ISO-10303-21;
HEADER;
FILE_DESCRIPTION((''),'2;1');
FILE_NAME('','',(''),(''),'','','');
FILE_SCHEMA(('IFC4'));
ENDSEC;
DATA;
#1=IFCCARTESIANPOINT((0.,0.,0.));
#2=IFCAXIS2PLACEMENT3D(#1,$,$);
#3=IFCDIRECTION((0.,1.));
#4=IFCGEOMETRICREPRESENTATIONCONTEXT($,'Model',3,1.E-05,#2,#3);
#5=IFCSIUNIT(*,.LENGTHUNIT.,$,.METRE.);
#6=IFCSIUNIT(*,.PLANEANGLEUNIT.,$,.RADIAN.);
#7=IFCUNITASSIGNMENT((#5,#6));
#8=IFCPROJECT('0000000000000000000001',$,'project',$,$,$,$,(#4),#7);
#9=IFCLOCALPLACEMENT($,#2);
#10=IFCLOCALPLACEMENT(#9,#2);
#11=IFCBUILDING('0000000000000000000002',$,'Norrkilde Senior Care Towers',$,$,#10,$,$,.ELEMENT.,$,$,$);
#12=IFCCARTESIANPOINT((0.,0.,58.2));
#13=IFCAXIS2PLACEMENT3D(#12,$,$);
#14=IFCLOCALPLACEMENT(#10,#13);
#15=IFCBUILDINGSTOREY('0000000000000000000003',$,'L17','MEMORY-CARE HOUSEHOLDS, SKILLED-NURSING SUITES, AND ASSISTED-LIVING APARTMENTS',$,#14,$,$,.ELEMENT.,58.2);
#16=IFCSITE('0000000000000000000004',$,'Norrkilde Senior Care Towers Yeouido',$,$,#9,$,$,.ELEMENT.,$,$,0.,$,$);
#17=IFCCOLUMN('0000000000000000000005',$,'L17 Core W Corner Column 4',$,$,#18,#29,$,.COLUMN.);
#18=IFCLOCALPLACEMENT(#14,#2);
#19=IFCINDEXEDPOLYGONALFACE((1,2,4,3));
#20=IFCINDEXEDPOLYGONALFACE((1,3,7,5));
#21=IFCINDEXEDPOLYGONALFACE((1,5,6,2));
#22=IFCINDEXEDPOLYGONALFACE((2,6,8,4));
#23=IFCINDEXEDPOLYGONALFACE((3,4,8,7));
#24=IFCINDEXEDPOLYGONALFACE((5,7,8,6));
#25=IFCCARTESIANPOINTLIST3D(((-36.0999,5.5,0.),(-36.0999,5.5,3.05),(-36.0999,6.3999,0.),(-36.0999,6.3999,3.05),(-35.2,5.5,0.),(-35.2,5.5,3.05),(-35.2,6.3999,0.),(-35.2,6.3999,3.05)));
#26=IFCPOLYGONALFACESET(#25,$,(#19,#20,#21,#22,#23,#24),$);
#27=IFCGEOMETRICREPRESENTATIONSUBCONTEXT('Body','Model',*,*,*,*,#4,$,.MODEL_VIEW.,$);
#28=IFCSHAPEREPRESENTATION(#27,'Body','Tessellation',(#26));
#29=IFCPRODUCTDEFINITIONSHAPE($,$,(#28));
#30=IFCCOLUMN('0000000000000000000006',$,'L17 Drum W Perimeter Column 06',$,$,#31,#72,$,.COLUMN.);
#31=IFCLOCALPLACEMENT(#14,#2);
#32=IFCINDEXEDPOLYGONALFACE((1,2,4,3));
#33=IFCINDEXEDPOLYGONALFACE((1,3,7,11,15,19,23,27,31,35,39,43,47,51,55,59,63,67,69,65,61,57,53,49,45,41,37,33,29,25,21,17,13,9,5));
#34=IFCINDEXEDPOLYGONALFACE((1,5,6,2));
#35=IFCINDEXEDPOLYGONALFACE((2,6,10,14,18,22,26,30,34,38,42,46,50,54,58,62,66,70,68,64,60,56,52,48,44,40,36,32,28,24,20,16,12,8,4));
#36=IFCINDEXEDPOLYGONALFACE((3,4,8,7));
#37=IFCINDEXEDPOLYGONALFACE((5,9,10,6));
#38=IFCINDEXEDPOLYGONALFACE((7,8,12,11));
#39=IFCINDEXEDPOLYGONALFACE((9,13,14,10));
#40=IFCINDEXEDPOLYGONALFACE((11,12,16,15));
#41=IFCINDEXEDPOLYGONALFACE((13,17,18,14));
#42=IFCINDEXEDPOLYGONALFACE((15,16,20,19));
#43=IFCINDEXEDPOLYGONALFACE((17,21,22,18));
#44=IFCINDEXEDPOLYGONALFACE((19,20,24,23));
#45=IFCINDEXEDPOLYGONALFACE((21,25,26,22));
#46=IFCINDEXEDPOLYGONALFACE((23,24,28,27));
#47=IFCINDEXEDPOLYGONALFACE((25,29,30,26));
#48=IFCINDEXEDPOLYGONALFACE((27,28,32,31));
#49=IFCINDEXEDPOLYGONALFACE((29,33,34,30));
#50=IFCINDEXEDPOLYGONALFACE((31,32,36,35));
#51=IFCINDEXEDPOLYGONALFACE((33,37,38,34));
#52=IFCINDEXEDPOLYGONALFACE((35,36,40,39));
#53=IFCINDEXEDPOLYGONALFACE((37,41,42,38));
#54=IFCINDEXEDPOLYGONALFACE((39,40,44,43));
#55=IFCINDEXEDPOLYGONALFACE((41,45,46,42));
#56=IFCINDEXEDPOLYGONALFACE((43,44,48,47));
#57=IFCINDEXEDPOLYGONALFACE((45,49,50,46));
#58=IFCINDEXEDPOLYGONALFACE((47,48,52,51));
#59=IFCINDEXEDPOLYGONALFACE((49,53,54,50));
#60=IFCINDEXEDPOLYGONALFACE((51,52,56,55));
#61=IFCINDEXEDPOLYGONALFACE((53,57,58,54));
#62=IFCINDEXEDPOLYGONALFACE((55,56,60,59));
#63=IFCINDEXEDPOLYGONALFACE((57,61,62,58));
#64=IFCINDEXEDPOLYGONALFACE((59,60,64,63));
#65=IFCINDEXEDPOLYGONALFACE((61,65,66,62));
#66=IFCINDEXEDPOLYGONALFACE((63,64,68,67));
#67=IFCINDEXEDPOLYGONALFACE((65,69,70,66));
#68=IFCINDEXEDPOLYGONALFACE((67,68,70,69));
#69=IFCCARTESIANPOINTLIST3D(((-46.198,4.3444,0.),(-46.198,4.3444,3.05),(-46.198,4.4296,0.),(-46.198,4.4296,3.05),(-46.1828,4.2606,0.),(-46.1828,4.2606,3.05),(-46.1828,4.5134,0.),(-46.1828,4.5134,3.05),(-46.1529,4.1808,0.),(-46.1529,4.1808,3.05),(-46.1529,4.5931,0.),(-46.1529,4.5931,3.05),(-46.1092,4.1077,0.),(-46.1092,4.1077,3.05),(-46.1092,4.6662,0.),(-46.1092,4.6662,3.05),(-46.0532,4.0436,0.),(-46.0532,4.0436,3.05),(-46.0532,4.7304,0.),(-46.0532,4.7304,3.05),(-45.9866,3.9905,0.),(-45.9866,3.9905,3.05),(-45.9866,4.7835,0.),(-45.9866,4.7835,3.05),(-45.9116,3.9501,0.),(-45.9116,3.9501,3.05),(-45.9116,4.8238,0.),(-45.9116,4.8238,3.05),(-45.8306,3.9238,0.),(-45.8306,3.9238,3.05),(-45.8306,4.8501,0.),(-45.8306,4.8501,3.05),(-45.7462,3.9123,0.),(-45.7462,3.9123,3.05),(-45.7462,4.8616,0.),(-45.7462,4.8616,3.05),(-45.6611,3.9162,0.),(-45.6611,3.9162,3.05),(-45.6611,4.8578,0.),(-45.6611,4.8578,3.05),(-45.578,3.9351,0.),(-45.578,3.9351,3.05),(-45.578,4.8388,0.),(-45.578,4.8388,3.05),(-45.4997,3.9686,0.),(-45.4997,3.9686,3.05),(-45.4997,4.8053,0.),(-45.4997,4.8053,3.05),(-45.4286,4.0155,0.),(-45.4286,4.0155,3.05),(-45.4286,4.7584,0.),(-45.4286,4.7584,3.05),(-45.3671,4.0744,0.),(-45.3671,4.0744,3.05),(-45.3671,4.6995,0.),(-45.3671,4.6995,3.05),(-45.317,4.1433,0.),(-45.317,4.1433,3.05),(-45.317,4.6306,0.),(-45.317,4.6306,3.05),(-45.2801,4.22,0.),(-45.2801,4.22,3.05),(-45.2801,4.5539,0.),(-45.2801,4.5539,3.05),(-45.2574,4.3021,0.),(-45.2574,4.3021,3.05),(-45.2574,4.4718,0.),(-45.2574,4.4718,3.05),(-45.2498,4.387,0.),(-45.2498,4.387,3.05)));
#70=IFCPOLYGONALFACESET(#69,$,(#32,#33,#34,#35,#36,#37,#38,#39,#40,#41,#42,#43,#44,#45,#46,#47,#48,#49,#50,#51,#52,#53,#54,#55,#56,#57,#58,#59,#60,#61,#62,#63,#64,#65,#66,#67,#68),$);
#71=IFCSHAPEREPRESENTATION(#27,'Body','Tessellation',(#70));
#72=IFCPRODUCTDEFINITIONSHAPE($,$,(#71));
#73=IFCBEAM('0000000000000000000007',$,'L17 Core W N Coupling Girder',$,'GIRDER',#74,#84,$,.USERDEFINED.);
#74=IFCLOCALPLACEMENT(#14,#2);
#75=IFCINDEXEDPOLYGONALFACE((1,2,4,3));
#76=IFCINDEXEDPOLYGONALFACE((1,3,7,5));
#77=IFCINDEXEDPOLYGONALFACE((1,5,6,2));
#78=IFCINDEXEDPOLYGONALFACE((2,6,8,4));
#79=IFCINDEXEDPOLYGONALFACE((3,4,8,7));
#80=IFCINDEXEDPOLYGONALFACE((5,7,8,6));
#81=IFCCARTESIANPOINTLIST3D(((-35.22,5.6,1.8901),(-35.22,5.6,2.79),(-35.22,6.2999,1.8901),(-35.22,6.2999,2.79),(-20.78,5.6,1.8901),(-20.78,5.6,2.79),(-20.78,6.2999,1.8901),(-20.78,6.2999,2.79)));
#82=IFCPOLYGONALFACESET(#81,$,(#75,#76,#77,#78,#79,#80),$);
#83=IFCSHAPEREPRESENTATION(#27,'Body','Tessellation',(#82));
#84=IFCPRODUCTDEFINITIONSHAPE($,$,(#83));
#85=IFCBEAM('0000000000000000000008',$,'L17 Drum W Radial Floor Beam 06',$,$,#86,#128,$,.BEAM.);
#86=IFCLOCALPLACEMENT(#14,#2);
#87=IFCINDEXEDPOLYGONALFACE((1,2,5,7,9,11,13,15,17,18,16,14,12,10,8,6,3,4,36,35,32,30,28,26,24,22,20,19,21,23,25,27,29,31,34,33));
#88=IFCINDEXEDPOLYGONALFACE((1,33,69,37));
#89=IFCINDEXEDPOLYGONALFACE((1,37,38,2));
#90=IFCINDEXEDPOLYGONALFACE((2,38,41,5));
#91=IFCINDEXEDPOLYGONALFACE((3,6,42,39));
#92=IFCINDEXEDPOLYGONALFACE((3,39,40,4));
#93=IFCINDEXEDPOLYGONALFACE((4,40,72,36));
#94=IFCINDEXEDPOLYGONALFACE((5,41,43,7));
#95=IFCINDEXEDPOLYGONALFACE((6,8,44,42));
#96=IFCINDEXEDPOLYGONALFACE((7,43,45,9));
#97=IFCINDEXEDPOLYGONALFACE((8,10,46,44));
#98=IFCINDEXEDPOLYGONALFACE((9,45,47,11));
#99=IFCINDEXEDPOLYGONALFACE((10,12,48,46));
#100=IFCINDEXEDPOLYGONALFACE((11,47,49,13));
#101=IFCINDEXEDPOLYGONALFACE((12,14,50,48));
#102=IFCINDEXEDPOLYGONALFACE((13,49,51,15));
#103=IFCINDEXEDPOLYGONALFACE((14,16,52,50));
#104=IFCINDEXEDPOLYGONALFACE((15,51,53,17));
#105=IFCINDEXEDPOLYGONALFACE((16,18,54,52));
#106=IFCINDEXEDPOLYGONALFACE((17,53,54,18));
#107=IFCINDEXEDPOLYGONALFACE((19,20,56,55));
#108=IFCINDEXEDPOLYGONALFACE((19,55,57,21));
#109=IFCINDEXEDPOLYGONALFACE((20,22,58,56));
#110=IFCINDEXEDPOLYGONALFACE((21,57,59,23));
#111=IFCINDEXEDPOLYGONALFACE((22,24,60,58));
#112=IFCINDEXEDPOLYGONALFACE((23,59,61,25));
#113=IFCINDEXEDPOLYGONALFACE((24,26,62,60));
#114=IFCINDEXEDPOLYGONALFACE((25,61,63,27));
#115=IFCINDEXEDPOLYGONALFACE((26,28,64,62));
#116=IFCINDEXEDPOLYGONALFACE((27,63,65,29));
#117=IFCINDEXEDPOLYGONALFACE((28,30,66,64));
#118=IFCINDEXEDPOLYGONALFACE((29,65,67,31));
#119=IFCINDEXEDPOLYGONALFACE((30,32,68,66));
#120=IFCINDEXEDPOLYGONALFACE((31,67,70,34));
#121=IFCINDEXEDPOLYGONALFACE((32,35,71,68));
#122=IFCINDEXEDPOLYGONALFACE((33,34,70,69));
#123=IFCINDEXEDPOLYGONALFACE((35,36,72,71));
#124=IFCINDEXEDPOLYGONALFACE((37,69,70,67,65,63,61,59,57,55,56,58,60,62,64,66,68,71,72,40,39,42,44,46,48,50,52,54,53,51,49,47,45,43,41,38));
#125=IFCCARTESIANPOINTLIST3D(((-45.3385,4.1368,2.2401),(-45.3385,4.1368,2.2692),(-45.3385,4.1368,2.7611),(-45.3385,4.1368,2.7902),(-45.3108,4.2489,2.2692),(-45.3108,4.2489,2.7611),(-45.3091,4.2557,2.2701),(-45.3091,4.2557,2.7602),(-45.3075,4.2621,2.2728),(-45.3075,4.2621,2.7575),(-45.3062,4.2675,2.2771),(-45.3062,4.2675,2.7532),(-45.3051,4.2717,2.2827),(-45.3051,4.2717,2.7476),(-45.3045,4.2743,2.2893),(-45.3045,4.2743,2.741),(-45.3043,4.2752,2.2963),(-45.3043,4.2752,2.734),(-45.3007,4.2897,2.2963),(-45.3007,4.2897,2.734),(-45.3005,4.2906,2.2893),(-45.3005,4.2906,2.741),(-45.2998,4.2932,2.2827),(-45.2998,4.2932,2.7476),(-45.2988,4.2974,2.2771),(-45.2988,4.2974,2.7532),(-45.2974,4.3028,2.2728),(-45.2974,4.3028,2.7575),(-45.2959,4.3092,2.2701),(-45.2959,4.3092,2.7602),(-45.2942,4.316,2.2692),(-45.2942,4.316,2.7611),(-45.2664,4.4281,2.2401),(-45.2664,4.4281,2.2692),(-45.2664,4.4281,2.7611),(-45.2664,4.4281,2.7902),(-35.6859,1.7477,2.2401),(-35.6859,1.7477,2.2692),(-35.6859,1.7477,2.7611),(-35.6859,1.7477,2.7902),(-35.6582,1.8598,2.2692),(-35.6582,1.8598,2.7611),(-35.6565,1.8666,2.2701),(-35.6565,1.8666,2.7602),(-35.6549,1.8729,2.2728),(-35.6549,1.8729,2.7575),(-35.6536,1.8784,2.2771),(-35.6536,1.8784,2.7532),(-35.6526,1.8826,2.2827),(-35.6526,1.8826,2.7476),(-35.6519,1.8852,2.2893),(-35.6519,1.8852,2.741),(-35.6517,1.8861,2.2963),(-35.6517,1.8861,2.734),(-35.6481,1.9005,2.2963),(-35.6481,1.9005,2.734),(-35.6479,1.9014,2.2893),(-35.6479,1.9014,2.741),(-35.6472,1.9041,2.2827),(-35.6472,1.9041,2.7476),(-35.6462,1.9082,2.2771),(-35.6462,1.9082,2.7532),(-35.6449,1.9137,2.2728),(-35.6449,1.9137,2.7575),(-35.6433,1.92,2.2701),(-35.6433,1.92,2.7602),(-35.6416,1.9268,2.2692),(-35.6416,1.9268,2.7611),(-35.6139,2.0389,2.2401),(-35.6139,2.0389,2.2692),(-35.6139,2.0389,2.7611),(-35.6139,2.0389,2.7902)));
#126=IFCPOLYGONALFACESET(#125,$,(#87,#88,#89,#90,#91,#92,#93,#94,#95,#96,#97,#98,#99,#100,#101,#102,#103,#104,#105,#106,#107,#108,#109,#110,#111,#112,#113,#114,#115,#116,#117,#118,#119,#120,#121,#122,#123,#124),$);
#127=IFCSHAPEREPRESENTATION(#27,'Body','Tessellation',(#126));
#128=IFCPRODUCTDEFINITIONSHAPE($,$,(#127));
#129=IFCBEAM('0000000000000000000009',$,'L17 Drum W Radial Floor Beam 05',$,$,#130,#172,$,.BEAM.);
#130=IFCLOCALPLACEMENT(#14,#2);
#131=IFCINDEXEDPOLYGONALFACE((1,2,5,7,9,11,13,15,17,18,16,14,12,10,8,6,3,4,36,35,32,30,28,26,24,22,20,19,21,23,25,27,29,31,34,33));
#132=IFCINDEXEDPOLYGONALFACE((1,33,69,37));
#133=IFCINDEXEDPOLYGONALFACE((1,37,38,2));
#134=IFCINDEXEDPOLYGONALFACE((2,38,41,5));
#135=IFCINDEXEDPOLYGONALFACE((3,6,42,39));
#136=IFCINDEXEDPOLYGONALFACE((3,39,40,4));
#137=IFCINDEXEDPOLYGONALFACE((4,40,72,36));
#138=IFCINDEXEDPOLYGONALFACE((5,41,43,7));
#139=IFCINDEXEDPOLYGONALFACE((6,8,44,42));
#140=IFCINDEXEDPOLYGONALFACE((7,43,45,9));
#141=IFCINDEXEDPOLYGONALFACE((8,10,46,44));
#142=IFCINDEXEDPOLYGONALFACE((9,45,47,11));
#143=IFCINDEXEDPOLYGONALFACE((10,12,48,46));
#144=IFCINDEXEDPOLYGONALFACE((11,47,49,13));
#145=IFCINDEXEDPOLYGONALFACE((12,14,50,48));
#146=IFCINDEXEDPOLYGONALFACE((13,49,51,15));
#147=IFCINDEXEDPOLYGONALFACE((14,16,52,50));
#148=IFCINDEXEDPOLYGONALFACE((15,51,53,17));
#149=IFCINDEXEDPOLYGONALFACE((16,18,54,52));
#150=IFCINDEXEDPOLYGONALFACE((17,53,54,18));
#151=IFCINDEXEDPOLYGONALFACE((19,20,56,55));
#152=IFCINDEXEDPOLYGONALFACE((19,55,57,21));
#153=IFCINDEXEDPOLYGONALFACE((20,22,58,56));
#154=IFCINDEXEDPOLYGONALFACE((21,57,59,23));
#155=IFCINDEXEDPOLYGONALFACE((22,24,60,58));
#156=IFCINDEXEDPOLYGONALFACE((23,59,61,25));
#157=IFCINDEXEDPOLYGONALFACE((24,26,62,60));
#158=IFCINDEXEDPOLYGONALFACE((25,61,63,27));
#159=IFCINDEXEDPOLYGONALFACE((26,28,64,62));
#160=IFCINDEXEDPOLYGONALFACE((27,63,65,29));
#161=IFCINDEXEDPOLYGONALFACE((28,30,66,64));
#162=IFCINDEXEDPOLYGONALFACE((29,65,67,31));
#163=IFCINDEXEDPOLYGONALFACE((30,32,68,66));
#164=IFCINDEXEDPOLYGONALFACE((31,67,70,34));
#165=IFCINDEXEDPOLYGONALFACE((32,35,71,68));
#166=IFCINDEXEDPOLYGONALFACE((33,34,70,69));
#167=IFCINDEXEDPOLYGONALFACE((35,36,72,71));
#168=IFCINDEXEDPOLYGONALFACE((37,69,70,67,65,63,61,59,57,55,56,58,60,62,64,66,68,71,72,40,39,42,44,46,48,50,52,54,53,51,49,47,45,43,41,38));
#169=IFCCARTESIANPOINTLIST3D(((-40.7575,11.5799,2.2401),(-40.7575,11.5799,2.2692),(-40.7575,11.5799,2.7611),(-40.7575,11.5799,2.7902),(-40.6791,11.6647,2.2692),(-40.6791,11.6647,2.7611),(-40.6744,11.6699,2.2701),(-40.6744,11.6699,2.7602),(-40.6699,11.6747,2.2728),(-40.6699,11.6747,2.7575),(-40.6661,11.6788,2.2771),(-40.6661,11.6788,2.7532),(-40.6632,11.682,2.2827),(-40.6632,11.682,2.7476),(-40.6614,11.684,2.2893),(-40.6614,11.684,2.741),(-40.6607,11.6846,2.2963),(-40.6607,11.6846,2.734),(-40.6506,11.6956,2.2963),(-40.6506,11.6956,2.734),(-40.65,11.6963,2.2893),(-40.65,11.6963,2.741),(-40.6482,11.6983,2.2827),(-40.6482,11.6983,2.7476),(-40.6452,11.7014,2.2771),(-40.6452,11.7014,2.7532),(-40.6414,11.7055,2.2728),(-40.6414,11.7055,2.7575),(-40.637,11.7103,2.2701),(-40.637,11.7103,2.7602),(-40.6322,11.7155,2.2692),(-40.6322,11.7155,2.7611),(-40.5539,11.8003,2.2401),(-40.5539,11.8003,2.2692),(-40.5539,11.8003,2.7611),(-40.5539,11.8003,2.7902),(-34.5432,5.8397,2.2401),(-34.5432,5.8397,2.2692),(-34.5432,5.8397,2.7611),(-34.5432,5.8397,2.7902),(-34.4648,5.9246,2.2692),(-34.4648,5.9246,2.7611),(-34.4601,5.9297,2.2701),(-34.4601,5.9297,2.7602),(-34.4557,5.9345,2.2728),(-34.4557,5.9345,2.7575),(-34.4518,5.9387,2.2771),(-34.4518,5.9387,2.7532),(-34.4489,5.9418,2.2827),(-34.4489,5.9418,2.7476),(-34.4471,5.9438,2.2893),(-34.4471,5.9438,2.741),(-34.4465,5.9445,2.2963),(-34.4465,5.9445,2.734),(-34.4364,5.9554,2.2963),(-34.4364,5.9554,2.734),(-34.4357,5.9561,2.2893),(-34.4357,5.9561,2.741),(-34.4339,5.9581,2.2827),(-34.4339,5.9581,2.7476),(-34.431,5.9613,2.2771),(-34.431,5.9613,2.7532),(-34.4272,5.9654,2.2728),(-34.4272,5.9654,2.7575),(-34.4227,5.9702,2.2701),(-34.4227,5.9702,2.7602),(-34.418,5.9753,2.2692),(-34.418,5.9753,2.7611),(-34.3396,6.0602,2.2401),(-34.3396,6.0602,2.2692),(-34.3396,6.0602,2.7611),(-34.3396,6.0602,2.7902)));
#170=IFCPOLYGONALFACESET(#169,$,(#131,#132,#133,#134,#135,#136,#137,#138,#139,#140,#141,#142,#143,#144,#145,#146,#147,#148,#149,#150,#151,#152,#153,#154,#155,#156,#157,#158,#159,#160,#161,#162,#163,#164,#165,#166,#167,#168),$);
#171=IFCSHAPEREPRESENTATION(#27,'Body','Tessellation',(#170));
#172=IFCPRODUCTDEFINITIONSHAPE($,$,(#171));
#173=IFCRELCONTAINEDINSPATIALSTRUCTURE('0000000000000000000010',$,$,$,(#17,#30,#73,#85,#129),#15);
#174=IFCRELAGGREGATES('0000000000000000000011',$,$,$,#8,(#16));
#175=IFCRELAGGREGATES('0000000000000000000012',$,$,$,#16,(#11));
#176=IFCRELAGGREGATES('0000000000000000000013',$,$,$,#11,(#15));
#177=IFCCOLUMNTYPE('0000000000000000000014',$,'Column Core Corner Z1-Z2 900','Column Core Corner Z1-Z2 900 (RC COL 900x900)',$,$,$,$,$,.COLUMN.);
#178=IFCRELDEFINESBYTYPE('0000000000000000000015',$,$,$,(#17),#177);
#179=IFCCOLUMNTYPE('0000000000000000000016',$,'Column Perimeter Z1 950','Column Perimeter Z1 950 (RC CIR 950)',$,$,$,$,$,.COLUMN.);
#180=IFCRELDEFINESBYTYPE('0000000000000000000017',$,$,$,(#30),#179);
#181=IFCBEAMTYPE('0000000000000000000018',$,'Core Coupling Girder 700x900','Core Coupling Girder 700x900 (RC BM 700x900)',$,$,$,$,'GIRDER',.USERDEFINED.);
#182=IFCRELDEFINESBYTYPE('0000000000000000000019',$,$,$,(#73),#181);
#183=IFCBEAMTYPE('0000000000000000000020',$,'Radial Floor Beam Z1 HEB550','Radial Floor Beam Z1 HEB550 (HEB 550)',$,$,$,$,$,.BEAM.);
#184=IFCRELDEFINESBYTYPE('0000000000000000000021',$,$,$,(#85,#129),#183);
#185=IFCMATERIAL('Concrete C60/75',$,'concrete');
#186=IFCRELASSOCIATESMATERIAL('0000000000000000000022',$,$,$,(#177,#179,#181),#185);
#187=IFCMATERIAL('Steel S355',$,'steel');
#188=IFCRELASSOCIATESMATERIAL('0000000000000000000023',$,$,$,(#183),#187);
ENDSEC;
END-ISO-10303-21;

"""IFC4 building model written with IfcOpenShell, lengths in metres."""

from ifc_helpers import new_model, si_unit, direction, frame, origin, origin_2d, place, context, subcontext, project, spatial, rectangle, circle, i_section, extrude, source, transform, mapped, material, material_profile, profile_set, type_object, type_shapes, element, save


model = new_model("IFC4")

# Units and contexts
model_context = context("Model", 3, precision=1e-05, world=origin(), true_north=direction((0.0, 1.0)))
body_context = subcontext(model_context, "Body", "Model", "MODEL_VIEW")
ifc_project = project(units=[si_unit("LENGTHUNIT", "METRE"), si_unit("PLANEANGLEUNIT", "RADIAN")], contexts=[model_context])

# Site, building, storey
site_placement = place(None, origin())
site = spatial("IfcSite", under=ifc_project, at=site_placement, Name="Norrkilde Senior Care Towers Yeouido", CompositionType="ELEMENT", RefElevation=0.0)
building_placement = place(site_placement, origin())
building = spatial("IfcBuilding", under=site, at=building_placement, Name="Norrkilde Senior Care Towers", CompositionType="ELEMENT")
storey_placement = place(building_placement, frame((0.0, 0.0, 58.2)))
storey = spatial("IfcBuildingStorey", under=building, at=storey_placement, Name="L17", Description="MEMORY-CARE HOUSEHOLDS, SKILLED-NURSING SUITES, AND ASSISTED-LIVING APARTMENTS", CompositionType="ELEMENT", Elevation=58.2)

# Columns
ifc_material_1 = material(Name="Concrete C60/75", Category="concrete")
ifc_material_profile_1 = material_profile(ifc_material_1, rectangle(XDim=0.8999, YDim=0.8999, at=origin_2d()), Name="RC COL 900x900")
ifc_profile_set_1 = profile_set([ifc_material_profile_1], Name="Concrete C60/75")
column_type_1 = type_object("IfcColumnType", Name="Column Core Corner Z1-Z2 900", Description="Column Core Corner Z1-Z2 900 (RC COL 900x900)", PredefinedType="COLUMN", material=ifc_profile_set_1)
shared_shape_1 = source(origin(), body_context, "Body", "SweptSolid", [
    extrude(rectangle(XDim=0.8999, YDim=0.8999, at=origin_2d()), origin(), (0.0, 0.0, 1.0), 3.05),
])
type_shapes(column_type_1, [shared_shape_1])
column_1_placement = place(storey_placement, frame((-35.6499, 5.95, 0.0), z_axis=(0.0, 0.0, 1.0), x_axis=(1.0, 0.0, 0.0)))
element("IfcColumn", 1, at=column_1_placement, inside=storey, type_object=column_type_1, Name="L17 Core W Corner Column 4", PredefinedType="COLUMN", context=body_context, shape_type="MappedRepresentation", body=[
    mapped(shared_shape_1, transform((0.0, 0.0, 0.0), x_axis=(1.0, 0.0, 0.0), y_axis=(0.0, 1.0, 0.0), z_axis=(0.0, 0.0, 1.0), scale=1.0)),
])
ifc_material_profile_2 = material_profile(ifc_material_1, circle(Radius=0.4751, at=origin_2d()), Name="RC CIR 950")
ifc_profile_set_2 = profile_set([ifc_material_profile_2], Name="Concrete C60/75")
column_type_2 = type_object("IfcColumnType", Name="Column Perimeter Z1 950", Description="Column Perimeter Z1 950 (RC CIR 950)", PredefinedType="COLUMN", material=ifc_profile_set_2)
shared_shape_2 = source(origin(), body_context, "Body", "SweptSolid", [
    extrude(circle(Radius=0.4751, at=origin_2d()), origin(), (0.0, 0.0, 1.0), 3.05),
])
type_shapes(column_type_2, [shared_shape_2])
column_2_placement = place(storey_placement, frame((-45.7249, 4.387, 0.0), z_axis=(0.0, 0.0, 1.0), x_axis=(1.0, 0.0, 0.0)))
element("IfcColumn", 2, at=column_2_placement, inside=storey, type_object=column_type_2, Name="L17 Drum W Perimeter Column 06", PredefinedType="COLUMN", context=body_context, shape_type="MappedRepresentation", body=[
    mapped(shared_shape_2, transform((0.0, 0.0, 0.0), x_axis=(1.0, 0.0, 0.0), y_axis=(0.0, 1.0, 0.0), z_axis=(0.0, 0.0, 1.0), scale=1.0)),
])

# Beams
ifc_material_profile_3 = material_profile(ifc_material_1, rectangle(XDim=0.7, YDim=0.8999, at=origin_2d()), Name="RC BM 700x900")
ifc_profile_set_3 = profile_set([ifc_material_profile_3], Name="Concrete C60/75")
beam_type_1 = type_object("IfcBeamType", Name="Core Coupling Girder 700x900", Description="Core Coupling Girder 700x900 (RC BM 700x900)", ElementType="GIRDER", PredefinedType="USERDEFINED", material=ifc_profile_set_3)
shared_shape_3 = source(origin(), body_context, "Body", "SweptSolid", [
    extrude(rectangle(XDim=0.7, YDim=0.8999, at=origin_2d()), origin(), (0.0, 0.0, 1.0), 14.4399),
])
type_shapes(beam_type_1, [shared_shape_3])
beam_1_placement = place(storey_placement, frame((-35.22, 5.95, 2.3401), z_axis=(1.0, 0.0, 0.0), x_axis=(0.0, 1.0, 0.0)))
element("IfcBeam", 3, at=beam_1_placement, inside=storey, type_object=beam_type_1, Name="L17 Core W N Coupling Girder", ObjectType="GIRDER", PredefinedType="USERDEFINED", context=body_context, shape_type="MappedRepresentation", body=[
    mapped(shared_shape_3, transform((0.0, 0.0, 0.0), x_axis=(1.0, 0.0, 0.0), y_axis=(0.0, 1.0, 0.0), z_axis=(0.0, 0.0, 1.0), scale=1.0)),
])
ifc_material_2 = material(Name="Steel S355", Category="steel")
ifc_material_profile_4 = material_profile(ifc_material_2, i_section(OverallWidth=0.3, OverallDepth=0.55, WebThickness=0.0149, FlangeThickness=0.0291, FilletRadius=0.0271, at=origin_2d()), Name="HEB 550")
ifc_profile_set_4 = profile_set([ifc_material_profile_4], Name="Steel S355")
beam_type_2 = type_object("IfcBeamType", Name="Radial Floor Beam Z1 HEB550", Description="Radial Floor Beam Z1 HEB550 (HEB 550)", PredefinedType="BEAM", material=ifc_profile_set_4)
shared_shape_4 = source(origin(), body_context, "Body", "SweptSolid", [
    extrude(i_section(OverallWidth=0.3, OverallDepth=0.55, WebThickness=0.0149, FlangeThickness=0.0291, FilletRadius=0.0271, at=origin_2d()), origin(), (0.0, 0.0, 1.0), 9.9438),
])
beam_2_placement = place(storey_placement, frame((-35.6499, 1.8933, 2.5151), z_axis=(-0.970707, 0.240265, 0.0), x_axis=(-0.240265, -0.970707, 0.0)))
element("IfcBeam", 4, at=beam_2_placement, inside=storey, type_object=beam_type_2, Name="L17 Drum W Radial Floor Beam 06", PredefinedType="BEAM", context=body_context, shape_type="MappedRepresentation", body=[
    mapped(shared_shape_4, transform((0.0, 0.0, 0.0), x_axis=(1.0, 0.0, 0.0), y_axis=(0.0, 1.0, 0.0), z_axis=(0.0, 0.0, 1.0), scale=1.0)),
])
shared_shape_5 = source(origin(), body_context, "Body", "SweptSolid", [
    extrude(i_section(OverallWidth=0.3, OverallDepth=0.55, WebThickness=0.0149, FlangeThickness=0.0291, FilletRadius=0.0271, at=origin_2d()), origin(), (0.0, 0.0, 1.0), 8.4597),
])
type_shapes(beam_type_2, [shared_shape_4, shared_shape_5])
beam_3_placement = place(storey_placement, frame((-34.4414, 5.95, 2.5151), z_axis=(-0.734573, 0.678529, 0.0), x_axis=(-0.678529, -0.734573, 0.0)))
element("IfcBeam", 5, at=beam_3_placement, inside=storey, type_object=beam_type_2, Name="L17 Drum W Radial Floor Beam 05", PredefinedType="BEAM", context=body_context, shape_type="MappedRepresentation", body=[
    mapped(shared_shape_5, transform((0.0, 0.0, 0.0), x_axis=(1.0, 0.0, 0.0), y_axis=(0.0, 1.0, 0.0), z_axis=(0.0, 0.0, 1.0), scale=1.0)),
])

save(model, "model.ifc")
